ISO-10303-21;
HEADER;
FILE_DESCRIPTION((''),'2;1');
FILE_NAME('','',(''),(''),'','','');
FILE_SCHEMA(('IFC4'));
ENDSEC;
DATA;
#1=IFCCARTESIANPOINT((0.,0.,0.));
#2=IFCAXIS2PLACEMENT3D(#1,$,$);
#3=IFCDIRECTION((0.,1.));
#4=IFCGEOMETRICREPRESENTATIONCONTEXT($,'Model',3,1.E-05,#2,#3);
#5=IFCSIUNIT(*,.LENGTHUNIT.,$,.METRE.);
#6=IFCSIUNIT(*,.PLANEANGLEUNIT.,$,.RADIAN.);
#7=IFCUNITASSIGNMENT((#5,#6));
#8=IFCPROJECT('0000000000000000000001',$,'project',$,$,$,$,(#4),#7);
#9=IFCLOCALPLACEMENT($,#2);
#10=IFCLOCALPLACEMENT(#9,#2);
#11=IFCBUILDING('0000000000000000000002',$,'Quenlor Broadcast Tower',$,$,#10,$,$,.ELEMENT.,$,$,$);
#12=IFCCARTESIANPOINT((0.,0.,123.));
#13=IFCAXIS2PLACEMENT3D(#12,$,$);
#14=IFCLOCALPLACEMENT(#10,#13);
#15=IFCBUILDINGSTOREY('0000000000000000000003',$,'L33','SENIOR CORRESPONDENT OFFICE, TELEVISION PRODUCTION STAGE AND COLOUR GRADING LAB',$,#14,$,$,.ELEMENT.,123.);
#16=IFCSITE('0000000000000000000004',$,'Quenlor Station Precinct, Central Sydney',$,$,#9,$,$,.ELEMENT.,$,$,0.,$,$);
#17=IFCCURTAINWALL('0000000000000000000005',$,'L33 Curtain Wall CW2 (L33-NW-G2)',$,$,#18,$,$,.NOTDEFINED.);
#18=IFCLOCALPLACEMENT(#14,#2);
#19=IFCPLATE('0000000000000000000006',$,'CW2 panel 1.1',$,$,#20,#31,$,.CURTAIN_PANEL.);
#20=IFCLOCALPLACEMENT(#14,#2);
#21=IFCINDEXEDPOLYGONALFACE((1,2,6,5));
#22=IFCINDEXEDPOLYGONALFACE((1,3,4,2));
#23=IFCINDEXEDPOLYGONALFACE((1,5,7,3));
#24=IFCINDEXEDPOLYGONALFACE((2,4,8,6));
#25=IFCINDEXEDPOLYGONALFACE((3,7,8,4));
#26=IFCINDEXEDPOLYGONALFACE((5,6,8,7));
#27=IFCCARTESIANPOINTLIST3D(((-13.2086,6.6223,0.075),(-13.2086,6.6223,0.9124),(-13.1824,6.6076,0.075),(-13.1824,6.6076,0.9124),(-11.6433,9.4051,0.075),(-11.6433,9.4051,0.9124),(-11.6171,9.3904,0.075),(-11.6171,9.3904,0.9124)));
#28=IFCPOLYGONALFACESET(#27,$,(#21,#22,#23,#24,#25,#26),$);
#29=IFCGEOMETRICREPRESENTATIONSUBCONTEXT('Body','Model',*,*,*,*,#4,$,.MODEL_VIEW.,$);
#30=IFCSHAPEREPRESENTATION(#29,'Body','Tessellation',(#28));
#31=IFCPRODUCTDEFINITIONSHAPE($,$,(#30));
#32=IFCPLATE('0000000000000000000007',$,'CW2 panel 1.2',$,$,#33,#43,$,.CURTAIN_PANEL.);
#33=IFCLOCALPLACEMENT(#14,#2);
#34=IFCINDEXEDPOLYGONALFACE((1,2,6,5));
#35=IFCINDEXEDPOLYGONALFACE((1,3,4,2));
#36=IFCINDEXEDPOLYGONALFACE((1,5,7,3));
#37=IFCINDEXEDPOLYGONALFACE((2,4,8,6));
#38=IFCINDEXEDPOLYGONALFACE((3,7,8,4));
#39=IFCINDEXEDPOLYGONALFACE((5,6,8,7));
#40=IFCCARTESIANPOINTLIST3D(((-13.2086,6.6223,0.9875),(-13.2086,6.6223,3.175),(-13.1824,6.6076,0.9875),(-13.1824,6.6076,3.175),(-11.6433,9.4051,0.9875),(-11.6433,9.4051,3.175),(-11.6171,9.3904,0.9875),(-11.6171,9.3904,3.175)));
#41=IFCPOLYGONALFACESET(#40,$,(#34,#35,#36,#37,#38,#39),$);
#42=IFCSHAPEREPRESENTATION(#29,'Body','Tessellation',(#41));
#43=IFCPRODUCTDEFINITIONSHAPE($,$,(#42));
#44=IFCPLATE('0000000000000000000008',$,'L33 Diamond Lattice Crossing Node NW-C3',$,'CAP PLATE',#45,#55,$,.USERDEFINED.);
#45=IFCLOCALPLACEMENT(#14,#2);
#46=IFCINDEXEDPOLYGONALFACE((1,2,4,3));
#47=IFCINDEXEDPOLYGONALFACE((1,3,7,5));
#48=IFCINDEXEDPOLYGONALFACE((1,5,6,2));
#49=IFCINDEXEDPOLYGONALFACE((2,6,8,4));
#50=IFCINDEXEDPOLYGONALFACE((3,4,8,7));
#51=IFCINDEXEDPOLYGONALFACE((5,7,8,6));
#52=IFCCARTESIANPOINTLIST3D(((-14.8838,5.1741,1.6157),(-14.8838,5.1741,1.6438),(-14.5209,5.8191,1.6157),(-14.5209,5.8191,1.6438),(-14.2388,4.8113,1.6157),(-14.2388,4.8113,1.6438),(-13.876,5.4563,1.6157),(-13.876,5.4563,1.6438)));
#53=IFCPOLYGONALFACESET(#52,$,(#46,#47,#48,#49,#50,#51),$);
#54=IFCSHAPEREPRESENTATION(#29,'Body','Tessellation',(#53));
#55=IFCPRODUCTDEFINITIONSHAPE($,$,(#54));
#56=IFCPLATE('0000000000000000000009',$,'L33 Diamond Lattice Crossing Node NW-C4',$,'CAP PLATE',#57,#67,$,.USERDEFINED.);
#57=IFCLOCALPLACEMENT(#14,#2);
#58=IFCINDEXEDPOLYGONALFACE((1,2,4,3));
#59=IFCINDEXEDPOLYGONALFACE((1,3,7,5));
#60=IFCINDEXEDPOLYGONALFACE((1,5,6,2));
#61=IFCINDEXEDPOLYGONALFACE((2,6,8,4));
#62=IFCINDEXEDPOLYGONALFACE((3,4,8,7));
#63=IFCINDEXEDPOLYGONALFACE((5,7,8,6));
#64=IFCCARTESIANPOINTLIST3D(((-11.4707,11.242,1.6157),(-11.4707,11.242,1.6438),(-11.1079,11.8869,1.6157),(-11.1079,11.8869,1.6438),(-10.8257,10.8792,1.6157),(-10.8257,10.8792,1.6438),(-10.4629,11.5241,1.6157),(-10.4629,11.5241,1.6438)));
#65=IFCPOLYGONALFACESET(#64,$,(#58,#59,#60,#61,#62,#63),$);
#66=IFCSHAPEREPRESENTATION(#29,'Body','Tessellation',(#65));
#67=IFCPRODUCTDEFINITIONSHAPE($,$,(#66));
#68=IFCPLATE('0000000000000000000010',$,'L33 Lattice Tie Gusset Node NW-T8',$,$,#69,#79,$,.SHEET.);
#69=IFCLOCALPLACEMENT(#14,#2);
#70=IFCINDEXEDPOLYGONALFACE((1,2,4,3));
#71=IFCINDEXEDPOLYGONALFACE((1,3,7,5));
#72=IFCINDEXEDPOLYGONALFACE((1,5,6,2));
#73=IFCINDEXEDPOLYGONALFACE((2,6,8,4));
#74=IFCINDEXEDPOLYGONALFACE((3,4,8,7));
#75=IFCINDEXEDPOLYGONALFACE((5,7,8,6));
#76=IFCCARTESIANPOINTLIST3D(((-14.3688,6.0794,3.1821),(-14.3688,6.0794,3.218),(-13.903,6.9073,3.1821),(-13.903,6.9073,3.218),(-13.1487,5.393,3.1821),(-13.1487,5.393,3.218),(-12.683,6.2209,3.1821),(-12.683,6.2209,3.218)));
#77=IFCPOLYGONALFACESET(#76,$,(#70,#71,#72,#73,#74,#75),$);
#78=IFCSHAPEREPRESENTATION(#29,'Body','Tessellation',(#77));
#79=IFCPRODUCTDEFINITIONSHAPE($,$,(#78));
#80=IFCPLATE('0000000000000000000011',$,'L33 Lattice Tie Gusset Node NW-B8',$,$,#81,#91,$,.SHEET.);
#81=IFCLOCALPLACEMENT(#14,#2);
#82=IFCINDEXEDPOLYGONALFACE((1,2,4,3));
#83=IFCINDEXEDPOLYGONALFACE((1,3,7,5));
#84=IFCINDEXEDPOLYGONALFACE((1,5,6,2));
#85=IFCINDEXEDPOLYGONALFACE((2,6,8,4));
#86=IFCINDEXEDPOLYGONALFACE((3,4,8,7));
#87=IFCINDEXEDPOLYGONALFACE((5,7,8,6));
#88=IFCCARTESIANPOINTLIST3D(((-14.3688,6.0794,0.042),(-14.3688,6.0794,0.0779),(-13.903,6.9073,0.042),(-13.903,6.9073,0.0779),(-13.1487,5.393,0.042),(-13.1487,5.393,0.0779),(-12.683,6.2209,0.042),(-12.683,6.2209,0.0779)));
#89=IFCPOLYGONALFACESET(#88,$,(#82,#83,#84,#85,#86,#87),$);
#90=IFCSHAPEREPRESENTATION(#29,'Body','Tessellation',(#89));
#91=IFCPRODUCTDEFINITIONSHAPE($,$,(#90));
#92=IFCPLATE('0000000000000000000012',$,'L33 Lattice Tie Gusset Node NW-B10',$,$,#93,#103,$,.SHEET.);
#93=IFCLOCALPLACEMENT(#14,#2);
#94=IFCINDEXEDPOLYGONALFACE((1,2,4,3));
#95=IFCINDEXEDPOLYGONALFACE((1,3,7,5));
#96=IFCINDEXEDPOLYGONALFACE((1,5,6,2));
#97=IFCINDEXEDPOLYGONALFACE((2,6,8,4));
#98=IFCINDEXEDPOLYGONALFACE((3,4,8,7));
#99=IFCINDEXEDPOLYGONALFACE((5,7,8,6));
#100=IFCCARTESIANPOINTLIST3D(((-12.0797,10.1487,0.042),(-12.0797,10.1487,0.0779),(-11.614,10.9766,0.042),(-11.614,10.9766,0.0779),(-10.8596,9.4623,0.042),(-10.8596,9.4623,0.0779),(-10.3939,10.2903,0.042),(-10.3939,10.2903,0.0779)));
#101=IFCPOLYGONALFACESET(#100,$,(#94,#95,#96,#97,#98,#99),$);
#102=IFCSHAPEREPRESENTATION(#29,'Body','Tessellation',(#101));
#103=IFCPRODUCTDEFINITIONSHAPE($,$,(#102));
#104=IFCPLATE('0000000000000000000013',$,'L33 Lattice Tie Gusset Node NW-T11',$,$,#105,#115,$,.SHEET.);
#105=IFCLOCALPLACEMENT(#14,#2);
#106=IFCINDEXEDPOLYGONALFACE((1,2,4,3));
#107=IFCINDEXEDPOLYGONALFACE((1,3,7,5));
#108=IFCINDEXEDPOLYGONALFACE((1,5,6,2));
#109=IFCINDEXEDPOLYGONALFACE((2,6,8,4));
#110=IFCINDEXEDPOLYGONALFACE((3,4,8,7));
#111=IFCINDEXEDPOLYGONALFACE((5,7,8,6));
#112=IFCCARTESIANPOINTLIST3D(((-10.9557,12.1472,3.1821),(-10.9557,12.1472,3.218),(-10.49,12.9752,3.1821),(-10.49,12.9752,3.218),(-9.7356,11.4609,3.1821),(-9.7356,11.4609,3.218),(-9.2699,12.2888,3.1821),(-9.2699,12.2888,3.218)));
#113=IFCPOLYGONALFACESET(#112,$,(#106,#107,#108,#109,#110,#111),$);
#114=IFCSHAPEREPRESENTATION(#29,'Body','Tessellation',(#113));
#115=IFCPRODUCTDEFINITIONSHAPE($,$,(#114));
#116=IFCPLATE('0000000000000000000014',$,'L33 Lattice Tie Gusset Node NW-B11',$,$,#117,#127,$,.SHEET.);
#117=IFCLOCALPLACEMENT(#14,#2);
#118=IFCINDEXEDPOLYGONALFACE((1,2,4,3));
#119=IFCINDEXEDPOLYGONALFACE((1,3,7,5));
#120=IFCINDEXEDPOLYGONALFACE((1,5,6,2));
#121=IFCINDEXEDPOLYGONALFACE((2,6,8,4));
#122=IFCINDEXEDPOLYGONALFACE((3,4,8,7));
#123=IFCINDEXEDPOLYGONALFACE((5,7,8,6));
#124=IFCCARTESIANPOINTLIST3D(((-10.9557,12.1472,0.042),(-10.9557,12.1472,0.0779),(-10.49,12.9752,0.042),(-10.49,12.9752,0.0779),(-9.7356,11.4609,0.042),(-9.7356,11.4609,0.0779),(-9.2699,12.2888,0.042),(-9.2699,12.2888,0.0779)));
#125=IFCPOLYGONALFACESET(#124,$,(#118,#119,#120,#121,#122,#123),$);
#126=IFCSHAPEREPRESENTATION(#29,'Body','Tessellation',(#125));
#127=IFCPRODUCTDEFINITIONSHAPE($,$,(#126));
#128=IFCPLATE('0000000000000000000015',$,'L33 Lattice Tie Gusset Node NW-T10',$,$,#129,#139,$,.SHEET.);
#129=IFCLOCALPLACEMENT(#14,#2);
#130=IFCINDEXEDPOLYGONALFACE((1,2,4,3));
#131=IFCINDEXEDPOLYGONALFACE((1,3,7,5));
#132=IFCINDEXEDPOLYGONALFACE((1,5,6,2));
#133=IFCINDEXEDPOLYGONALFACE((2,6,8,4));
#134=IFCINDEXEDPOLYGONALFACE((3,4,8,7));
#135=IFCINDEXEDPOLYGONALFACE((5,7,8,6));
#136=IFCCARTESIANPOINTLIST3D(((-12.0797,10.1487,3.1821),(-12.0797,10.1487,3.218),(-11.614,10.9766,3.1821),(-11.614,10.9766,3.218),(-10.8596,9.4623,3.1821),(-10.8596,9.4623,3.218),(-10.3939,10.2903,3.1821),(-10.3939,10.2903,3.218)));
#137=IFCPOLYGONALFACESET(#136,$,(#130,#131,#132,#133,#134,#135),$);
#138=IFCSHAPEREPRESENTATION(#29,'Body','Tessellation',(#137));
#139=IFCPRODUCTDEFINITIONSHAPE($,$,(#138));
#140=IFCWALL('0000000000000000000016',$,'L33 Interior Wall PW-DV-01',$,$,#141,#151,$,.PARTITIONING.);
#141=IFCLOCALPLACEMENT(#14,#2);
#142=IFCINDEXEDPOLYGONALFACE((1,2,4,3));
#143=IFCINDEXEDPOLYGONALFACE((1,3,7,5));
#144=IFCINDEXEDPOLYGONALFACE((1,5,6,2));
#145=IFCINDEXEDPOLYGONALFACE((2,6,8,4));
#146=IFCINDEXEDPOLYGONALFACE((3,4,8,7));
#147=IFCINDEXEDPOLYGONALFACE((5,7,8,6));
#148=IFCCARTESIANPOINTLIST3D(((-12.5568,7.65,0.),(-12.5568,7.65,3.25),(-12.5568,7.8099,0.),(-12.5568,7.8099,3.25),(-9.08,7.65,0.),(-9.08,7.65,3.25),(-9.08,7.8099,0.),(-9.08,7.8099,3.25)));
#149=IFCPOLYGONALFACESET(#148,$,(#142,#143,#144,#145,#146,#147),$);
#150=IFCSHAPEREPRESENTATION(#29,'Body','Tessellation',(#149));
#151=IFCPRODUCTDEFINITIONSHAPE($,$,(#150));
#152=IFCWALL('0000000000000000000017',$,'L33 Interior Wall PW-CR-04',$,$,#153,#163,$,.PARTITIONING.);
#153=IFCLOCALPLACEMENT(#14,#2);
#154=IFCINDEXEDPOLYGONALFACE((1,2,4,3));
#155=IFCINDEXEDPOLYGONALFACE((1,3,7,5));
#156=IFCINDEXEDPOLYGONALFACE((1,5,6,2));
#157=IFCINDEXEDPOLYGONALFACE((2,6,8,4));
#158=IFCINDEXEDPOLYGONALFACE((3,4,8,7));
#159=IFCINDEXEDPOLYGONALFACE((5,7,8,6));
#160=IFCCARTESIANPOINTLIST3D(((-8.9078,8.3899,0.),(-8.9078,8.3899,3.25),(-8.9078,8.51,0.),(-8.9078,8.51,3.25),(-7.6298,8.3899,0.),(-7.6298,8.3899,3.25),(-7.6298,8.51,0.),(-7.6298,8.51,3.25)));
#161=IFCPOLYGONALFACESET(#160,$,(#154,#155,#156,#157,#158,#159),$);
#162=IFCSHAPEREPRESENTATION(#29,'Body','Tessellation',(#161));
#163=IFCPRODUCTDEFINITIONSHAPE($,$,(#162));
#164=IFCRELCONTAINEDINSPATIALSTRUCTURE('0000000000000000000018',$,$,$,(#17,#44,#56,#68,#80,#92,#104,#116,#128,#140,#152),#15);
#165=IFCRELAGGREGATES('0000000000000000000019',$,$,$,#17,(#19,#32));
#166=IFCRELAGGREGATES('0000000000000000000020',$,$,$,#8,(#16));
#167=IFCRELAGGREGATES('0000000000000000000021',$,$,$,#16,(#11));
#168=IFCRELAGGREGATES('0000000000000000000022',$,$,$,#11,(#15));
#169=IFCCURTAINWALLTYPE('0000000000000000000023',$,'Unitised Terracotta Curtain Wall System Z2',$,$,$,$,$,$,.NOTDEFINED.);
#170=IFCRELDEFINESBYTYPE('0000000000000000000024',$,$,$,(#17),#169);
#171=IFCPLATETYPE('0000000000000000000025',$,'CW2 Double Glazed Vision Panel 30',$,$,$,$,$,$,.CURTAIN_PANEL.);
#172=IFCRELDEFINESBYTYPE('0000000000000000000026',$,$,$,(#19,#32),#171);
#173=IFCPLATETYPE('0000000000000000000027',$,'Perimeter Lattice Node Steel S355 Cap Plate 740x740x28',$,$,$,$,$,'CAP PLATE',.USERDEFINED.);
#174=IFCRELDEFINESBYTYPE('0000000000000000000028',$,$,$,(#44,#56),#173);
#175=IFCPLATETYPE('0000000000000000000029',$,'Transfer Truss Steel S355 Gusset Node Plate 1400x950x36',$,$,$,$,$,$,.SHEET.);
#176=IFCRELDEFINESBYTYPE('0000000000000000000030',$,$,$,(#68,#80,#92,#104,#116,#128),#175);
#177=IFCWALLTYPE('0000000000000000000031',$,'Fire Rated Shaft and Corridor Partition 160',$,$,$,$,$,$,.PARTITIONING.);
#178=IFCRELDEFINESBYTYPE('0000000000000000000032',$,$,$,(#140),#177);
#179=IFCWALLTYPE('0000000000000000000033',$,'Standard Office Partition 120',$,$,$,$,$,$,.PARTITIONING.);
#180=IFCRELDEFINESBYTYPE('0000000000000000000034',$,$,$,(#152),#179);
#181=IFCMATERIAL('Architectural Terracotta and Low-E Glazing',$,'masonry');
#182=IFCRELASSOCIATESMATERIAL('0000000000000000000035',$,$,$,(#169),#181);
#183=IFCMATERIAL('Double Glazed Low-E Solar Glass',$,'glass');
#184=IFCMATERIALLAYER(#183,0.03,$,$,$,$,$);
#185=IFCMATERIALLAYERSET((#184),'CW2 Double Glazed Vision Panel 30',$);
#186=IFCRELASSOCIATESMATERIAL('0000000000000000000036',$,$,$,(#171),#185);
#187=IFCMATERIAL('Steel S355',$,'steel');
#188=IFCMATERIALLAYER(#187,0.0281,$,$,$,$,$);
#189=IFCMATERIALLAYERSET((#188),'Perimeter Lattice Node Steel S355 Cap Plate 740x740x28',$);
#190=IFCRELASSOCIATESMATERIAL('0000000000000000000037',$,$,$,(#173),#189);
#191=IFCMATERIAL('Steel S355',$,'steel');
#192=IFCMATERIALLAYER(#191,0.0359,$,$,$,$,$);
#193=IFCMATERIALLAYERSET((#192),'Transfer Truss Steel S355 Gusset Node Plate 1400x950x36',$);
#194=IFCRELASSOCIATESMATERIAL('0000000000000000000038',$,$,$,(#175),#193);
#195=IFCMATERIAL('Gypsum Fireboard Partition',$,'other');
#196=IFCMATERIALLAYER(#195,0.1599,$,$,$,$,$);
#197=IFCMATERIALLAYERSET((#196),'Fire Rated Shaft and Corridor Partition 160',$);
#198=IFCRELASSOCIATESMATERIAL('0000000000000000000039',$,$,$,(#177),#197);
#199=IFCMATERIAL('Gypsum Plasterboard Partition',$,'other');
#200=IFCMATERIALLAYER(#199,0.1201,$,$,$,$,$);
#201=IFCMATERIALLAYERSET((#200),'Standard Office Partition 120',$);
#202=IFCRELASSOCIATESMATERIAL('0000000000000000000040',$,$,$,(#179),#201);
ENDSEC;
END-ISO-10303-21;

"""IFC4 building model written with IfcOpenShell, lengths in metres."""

from ifc_helpers import new_model, si_unit, direction, frame, frame_2d, origin, origin_2d, place, context, subcontext, project, spatial, rectangle, extrude, material, layer, layer_set, type_object, element, aggregate, save


model = new_model("IFC4")

# Units and contexts
model_context = context("Model", 3, precision=1e-05, world=origin(), true_north=direction((0.0, 1.0)))
body_context = subcontext(model_context, "Body", "Model", "MODEL_VIEW")
ifc_project = project(units=[si_unit("LENGTHUNIT", "METRE"), si_unit("PLANEANGLEUNIT", "RADIAN")], contexts=[model_context])

# Site, building, storey
site_placement = place(None, origin())
site = spatial("IfcSite", under=ifc_project, at=site_placement, Name="Quenlor Station Precinct, Central Sydney", CompositionType="ELEMENT", RefElevation=0.0)
building_placement = place(site_placement, origin())
building = spatial("IfcBuilding", under=site, at=building_placement, Name="Quenlor Broadcast Tower", CompositionType="ELEMENT")
storey_placement = place(building_placement, frame((0.0, 0.0, 123.0)))
storey = spatial("IfcBuildingStorey", under=building, at=storey_placement, Name="L33", Description="SENIOR CORRESPONDENT OFFICE, TELEVISION PRODUCTION STAGE AND COLOUR GRADING LAB", CompositionType="ELEMENT", Elevation=123.0)

# Curtain wall
ifc_material_1 = material(Name="Architectural Terracotta and Low-E Glazing", Category="masonry")
curtain_wall_type = type_object("IfcCurtainWallType", Name="Unitised Terracotta Curtain Wall System Z2", PredefinedType="NOTDEFINED", material=ifc_material_1)
curtain_wall_placement = place(storey_placement, origin())
curtain_wall = element("IfcCurtainWall", 1, at=curtain_wall_placement, inside=storey, type_object=curtain_wall_type, Name="L33 Curtain Wall CW2 (L33-NW-G2)", PredefinedType="NOTDEFINED")

# Plates
ifc_material_2 = material(Name="Double Glazed Low-E Solar Glass", Category="glass")
ifc_layer_1 = layer(ifc_material_2, 0.03)
ifc_layer_set_1 = layer_set([ifc_layer_1], Name="CW2 Double Glazed Vision Panel 30")
plate_type_1 = type_object("IfcPlateType", Name="CW2 Double Glazed Vision Panel 30", PredefinedType="CURTAIN_PANEL", material=ifc_layer_set_1)
plate_1_placement = place(storey_placement, frame((-12.4128, 8.0063, 0.075), z_axis=(0.0, 0.0, 1.0), x_axis=(0.490261, 0.871576, 0.0)))
plate_1 = element("IfcPlate", 2, at=plate_1_placement, type_object=plate_type_1, Name="CW2 panel 1.1", PredefinedType="CURTAIN_PANEL", context=body_context, shape_type="SweptSolid", body=[
    extrude(rectangle(XDim=3.1929, YDim=0.03, at=origin_2d()), origin(), (0.0, 0.0, 1.0), 0.8374),
])
plate_2_placement = place(storey_placement, frame((-12.4128, 8.0063, 0.9875), z_axis=(0.0, 0.0, 1.0), x_axis=(0.490261, 0.871576, 0.0)))
plate_2 = element("IfcPlate", 3, at=plate_2_placement, type_object=plate_type_1, Name="CW2 panel 1.2", PredefinedType="CURTAIN_PANEL", context=body_context, shape_type="SweptSolid", body=[
    extrude(rectangle(XDim=3.1929, YDim=0.03, at=origin_2d()), origin(), (0.0, 0.0, 1.0), 2.1875),
])
aggregate(curtain_wall, [plate_1, plate_2])

# Plates
ifc_material_3 = material(Name="Steel S355", Category="steel")
ifc_layer_2 = layer(ifc_material_3, 0.0281)
ifc_layer_set_2 = layer_set([ifc_layer_2], Name="Perimeter Lattice Node Steel S355 Cap Plate 740x740x28")
plate_type_2 = type_object("IfcPlateType", Name="Perimeter Lattice Node Steel S355 Cap Plate 740x740x28", ElementType="CAP PLATE", PredefinedType="USERDEFINED", material=ifc_layer_set_2)
for number, where, z_axis, x_axis, name in (
    (4, (-14.3799, 5.3152, 1.6157), (0.0, 0.0, 1.0), (0.490295, 0.871556, 0.0), "L33 Diamond Lattice Crossing Node NW-C3"),
    (5, (-10.9668, 11.3831, 1.6157), (0.0, 0.0, 1.0), (0.490295, 0.871556, 0.0), "L33 Diamond Lattice Crossing Node NW-C4"),
):
    element("IfcPlate", number, at=place(storey_placement, frame(where, z_axis=z_axis, x_axis=x_axis)), inside=storey, type_object=plate_type_2, Name=name, ObjectType="CAP PLATE", PredefinedType="USERDEFINED", context=body_context, shape_type="SweptSolid", body=[
        extrude(rectangle(XDim=0.74, YDim=0.74, at=origin_2d()), origin(), (0.0, 0.0, 1.0), 0.0281),
    ])
ifc_material_4 = material(Name="Steel S355", Category="steel")
ifc_layer_3 = layer(ifc_material_4, 0.0359)
ifc_layer_set_3 = layer_set([ifc_layer_3], Name="Transfer Truss Steel S355 Gusset Node Plate 1400x950x36")
plate_type_3 = type_object("IfcPlateType", Name="Transfer Truss Steel S355 Gusset Node Plate 1400x950x36", PredefinedType="SHEET", material=ifc_layer_set_3)
for number, where, z_axis, x_axis, name in (
    (6, (-13.5259, 6.1501, 3.1821), (0.0, 0.0, 1.0), (-0.871556, 0.490295, 0.0), "L33 Lattice Tie Gusset Node NW-T8"),
    (7, (-13.5259, 6.1501, 0.042), (0.0, 0.0, 1.0), (-0.871556, 0.490295, 0.0), "L33 Lattice Tie Gusset Node NW-B8"),
    (8, (-11.2368, 10.2195, 0.042), (0.0, 0.0, 1.0), (-0.871556, 0.490295, 0.0), "L33 Lattice Tie Gusset Node NW-B10"),
    (9, (-10.1128, 12.218, 3.1821), (0.0, 0.0, 1.0), (-0.871556, 0.490295, 0.0), "L33 Lattice Tie Gusset Node NW-T11"),
    (10, (-10.1128, 12.218, 0.042), (0.0, 0.0, 1.0), (-0.871556, 0.490295, 0.0), "L33 Lattice Tie Gusset Node NW-B11"),
    (11, (-11.2368, 10.2195, 3.1821), (0.0, 0.0, 1.0), (-0.871556, 0.490295, 0.0), "L33 Lattice Tie Gusset Node NW-T10"),
):
    element("IfcPlate", number, at=place(storey_placement, frame(where, z_axis=z_axis, x_axis=x_axis)), inside=storey, type_object=plate_type_3, Name=name, PredefinedType="SHEET", context=body_context, shape_type="SweptSolid", body=[
        extrude(rectangle(XDim=1.3999, YDim=0.95, at=origin_2d()), origin(), (0.0, 0.0, 1.0), 0.0359),
    ])

# Walls
ifc_material_5 = material(Name="Gypsum Fireboard Partition", Category="other")
ifc_layer_4 = layer(ifc_material_5, 0.1599)
ifc_layer_set_4 = layer_set([ifc_layer_4], Name="Fire Rated Shaft and Corridor Partition 160")
wall_type_1 = type_object("IfcWallType", Name="Fire Rated Shaft and Corridor Partition 160", PredefinedType="PARTITIONING", material=ifc_layer_set_4)
wall_1_placement = place(storey_placement, frame((-9.0801, 7.73, 0.0), z_axis=(0.0, 0.0, 1.0), x_axis=(-1.0, 0.0, 0.0)))
element("IfcWall", 12, at=wall_1_placement, inside=storey, type_object=wall_type_1, Name="L33 Interior Wall PW-DV-01", PredefinedType="PARTITIONING", context=body_context, shape_type="SweptSolid", body=[
    extrude(rectangle(XDim=3.4768, YDim=0.1599, at=frame_2d((1.7383, 0.0))), origin(), (0.0, 0.0, 1.0), 3.25),
])
ifc_material_6 = material(Name="Gypsum Plasterboard Partition", Category="other")
ifc_layer_5 = layer(ifc_material_6, 0.1201)
ifc_layer_set_5 = layer_set([ifc_layer_5], Name="Standard Office Partition 120")
wall_type_2 = type_object("IfcWallType", Name="Standard Office Partition 120", PredefinedType="PARTITIONING", material=ifc_layer_set_5)
wall_2_placement = place(storey_placement, frame((-8.908, 8.45, 0.0), z_axis=(0.0, 0.0, 1.0), x_axis=(1.0, 0.0, 0.0)))
element("IfcWall", 13, at=wall_2_placement, inside=storey, type_object=wall_type_2, Name="L33 Interior Wall PW-CR-04", PredefinedType="PARTITIONING", context=body_context, shape_type="SweptSolid", body=[
    extrude(rectangle(XDim=1.2781, YDim=0.1201, at=frame_2d((0.6392, 0.0))), origin(), (0.0, 0.0, 1.0), 3.25),
])

save(model, "model.ifc")
